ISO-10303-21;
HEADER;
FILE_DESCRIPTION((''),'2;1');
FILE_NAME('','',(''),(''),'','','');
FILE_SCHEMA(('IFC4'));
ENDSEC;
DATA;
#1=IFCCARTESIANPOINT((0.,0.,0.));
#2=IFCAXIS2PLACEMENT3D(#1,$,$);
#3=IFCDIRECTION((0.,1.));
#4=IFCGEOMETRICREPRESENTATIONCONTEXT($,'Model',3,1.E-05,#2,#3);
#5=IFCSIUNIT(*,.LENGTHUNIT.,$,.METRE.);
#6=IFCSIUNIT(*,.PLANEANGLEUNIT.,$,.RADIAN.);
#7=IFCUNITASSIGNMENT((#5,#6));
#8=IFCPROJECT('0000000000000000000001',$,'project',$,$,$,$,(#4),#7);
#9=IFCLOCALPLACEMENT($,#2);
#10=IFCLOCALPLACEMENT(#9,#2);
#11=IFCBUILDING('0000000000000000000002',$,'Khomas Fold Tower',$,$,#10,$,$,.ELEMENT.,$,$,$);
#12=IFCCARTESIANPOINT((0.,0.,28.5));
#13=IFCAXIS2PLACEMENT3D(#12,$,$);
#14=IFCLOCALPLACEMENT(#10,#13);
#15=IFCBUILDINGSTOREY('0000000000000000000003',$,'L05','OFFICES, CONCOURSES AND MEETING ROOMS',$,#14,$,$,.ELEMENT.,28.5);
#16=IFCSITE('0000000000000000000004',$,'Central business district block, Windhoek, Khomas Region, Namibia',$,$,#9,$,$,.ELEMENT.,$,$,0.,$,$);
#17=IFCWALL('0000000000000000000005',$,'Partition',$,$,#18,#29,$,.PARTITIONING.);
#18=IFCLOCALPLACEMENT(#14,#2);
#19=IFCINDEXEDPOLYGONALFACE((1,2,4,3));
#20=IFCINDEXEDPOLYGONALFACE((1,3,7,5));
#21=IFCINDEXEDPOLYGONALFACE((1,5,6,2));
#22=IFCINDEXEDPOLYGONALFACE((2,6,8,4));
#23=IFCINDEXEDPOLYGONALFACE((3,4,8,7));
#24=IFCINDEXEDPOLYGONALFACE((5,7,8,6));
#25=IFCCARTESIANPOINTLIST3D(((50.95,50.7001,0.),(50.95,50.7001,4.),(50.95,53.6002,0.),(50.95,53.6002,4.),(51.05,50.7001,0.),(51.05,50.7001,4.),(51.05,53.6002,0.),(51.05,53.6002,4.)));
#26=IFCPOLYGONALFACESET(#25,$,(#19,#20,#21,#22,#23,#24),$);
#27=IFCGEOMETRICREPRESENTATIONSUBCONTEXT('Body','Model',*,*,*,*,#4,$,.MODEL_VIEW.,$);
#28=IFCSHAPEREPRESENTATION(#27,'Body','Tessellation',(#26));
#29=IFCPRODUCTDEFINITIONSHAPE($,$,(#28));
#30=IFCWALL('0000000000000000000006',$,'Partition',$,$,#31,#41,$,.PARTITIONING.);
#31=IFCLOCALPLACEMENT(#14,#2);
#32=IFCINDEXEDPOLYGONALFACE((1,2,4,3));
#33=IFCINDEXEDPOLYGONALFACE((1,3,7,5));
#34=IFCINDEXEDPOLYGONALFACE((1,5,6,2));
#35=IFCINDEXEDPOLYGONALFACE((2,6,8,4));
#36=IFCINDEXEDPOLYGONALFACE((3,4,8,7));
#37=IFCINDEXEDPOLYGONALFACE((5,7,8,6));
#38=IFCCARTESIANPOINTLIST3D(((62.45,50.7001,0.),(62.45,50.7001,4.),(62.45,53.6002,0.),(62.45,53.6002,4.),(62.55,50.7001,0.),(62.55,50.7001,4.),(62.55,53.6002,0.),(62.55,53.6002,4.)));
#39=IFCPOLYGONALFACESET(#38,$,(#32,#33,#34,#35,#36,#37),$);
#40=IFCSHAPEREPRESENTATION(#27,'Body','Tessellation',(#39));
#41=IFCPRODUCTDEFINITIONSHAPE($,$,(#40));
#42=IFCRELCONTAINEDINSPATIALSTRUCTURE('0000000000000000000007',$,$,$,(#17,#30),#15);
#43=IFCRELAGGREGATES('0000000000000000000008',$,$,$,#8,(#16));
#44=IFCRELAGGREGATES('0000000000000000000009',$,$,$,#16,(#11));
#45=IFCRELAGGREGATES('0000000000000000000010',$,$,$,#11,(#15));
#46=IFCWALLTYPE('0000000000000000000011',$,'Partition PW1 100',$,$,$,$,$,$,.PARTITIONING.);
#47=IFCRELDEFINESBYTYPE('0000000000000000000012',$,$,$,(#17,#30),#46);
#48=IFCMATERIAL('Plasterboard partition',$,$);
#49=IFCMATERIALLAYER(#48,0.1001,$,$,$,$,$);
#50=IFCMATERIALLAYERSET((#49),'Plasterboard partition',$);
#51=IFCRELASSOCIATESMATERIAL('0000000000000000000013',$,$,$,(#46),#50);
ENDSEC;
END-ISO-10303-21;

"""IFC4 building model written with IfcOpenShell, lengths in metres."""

from ifc_helpers import new_model, si_unit, direction, frame, frame_2d, origin, place, context, subcontext, project, spatial, rectangle, extrude, source, transform, mapped, material, layer, layer_set, type_object, element, save


model = new_model("IFC4")

# Units and contexts
model_context = context("Model", 3, precision=1e-05, world=origin(), true_north=direction((0.0, 1.0)))
body_context = subcontext(model_context, "Body", "Model", "MODEL_VIEW")
ifc_project = project(units=[si_unit("LENGTHUNIT", "METRE"), si_unit("PLANEANGLEUNIT", "RADIAN")], contexts=[model_context])

# Site, building, storey
site_placement = place(None, origin())
site = spatial("IfcSite", under=ifc_project, at=site_placement, Name="Central business district block, Windhoek, Khomas Region, Namibia", CompositionType="ELEMENT", RefElevation=0.0)
building_placement = place(site_placement, origin())
building = spatial("IfcBuilding", under=site, at=building_placement, Name="Khomas Fold Tower", CompositionType="ELEMENT")
storey_placement = place(building_placement, frame((0.0, 0.0, 28.5)))
storey = spatial("IfcBuildingStorey", under=building, at=storey_placement, Name="L05", Description="OFFICES, CONCOURSES AND MEETING ROOMS", CompositionType="ELEMENT", Elevation=28.5)

# Walls
ifc_material_1 = material(Name="Plasterboard partition")
ifc_layer_1 = layer(ifc_material_1, 0.1001)
ifc_layer_set_1 = layer_set([ifc_layer_1], Name="Plasterboard partition")
wall_type_1 = type_object("IfcWallType", Name="Partition PW1 100", PredefinedType="PARTITIONING", material=ifc_layer_set_1)
shared_shape_1 = source(origin(), body_context, "Body", "SweptSolid", [
    extrude(rectangle(XDim=2.9001, YDim=0.1001, at=frame_2d((1.4502, 0.0))), origin(), (0.0, 0.0, 1.0), 4.0),
])
for number, where, z_axis, x_axis, name in (
    (1, (51.0, 50.7, 0.0), (0.0, 0.0, 1.0), (0.0, 1.0, 0.0), "Partition"),
    (2, (62.5, 50.7, 0.0), (0.0, 0.0, 1.0), (0.0, 1.0, 0.0), "Partition"),
):
    element("IfcWall", number, at=place(storey_placement, frame(where, z_axis=z_axis, x_axis=x_axis)), inside=storey, type_object=wall_type_1, Name=name, PredefinedType="PARTITIONING", context=body_context, shape_type="MappedRepresentation", body=[
        mapped(shared_shape_1, transform((0.0, 0.0, 0.0))),
    ])

save(model, "model.ifc")
